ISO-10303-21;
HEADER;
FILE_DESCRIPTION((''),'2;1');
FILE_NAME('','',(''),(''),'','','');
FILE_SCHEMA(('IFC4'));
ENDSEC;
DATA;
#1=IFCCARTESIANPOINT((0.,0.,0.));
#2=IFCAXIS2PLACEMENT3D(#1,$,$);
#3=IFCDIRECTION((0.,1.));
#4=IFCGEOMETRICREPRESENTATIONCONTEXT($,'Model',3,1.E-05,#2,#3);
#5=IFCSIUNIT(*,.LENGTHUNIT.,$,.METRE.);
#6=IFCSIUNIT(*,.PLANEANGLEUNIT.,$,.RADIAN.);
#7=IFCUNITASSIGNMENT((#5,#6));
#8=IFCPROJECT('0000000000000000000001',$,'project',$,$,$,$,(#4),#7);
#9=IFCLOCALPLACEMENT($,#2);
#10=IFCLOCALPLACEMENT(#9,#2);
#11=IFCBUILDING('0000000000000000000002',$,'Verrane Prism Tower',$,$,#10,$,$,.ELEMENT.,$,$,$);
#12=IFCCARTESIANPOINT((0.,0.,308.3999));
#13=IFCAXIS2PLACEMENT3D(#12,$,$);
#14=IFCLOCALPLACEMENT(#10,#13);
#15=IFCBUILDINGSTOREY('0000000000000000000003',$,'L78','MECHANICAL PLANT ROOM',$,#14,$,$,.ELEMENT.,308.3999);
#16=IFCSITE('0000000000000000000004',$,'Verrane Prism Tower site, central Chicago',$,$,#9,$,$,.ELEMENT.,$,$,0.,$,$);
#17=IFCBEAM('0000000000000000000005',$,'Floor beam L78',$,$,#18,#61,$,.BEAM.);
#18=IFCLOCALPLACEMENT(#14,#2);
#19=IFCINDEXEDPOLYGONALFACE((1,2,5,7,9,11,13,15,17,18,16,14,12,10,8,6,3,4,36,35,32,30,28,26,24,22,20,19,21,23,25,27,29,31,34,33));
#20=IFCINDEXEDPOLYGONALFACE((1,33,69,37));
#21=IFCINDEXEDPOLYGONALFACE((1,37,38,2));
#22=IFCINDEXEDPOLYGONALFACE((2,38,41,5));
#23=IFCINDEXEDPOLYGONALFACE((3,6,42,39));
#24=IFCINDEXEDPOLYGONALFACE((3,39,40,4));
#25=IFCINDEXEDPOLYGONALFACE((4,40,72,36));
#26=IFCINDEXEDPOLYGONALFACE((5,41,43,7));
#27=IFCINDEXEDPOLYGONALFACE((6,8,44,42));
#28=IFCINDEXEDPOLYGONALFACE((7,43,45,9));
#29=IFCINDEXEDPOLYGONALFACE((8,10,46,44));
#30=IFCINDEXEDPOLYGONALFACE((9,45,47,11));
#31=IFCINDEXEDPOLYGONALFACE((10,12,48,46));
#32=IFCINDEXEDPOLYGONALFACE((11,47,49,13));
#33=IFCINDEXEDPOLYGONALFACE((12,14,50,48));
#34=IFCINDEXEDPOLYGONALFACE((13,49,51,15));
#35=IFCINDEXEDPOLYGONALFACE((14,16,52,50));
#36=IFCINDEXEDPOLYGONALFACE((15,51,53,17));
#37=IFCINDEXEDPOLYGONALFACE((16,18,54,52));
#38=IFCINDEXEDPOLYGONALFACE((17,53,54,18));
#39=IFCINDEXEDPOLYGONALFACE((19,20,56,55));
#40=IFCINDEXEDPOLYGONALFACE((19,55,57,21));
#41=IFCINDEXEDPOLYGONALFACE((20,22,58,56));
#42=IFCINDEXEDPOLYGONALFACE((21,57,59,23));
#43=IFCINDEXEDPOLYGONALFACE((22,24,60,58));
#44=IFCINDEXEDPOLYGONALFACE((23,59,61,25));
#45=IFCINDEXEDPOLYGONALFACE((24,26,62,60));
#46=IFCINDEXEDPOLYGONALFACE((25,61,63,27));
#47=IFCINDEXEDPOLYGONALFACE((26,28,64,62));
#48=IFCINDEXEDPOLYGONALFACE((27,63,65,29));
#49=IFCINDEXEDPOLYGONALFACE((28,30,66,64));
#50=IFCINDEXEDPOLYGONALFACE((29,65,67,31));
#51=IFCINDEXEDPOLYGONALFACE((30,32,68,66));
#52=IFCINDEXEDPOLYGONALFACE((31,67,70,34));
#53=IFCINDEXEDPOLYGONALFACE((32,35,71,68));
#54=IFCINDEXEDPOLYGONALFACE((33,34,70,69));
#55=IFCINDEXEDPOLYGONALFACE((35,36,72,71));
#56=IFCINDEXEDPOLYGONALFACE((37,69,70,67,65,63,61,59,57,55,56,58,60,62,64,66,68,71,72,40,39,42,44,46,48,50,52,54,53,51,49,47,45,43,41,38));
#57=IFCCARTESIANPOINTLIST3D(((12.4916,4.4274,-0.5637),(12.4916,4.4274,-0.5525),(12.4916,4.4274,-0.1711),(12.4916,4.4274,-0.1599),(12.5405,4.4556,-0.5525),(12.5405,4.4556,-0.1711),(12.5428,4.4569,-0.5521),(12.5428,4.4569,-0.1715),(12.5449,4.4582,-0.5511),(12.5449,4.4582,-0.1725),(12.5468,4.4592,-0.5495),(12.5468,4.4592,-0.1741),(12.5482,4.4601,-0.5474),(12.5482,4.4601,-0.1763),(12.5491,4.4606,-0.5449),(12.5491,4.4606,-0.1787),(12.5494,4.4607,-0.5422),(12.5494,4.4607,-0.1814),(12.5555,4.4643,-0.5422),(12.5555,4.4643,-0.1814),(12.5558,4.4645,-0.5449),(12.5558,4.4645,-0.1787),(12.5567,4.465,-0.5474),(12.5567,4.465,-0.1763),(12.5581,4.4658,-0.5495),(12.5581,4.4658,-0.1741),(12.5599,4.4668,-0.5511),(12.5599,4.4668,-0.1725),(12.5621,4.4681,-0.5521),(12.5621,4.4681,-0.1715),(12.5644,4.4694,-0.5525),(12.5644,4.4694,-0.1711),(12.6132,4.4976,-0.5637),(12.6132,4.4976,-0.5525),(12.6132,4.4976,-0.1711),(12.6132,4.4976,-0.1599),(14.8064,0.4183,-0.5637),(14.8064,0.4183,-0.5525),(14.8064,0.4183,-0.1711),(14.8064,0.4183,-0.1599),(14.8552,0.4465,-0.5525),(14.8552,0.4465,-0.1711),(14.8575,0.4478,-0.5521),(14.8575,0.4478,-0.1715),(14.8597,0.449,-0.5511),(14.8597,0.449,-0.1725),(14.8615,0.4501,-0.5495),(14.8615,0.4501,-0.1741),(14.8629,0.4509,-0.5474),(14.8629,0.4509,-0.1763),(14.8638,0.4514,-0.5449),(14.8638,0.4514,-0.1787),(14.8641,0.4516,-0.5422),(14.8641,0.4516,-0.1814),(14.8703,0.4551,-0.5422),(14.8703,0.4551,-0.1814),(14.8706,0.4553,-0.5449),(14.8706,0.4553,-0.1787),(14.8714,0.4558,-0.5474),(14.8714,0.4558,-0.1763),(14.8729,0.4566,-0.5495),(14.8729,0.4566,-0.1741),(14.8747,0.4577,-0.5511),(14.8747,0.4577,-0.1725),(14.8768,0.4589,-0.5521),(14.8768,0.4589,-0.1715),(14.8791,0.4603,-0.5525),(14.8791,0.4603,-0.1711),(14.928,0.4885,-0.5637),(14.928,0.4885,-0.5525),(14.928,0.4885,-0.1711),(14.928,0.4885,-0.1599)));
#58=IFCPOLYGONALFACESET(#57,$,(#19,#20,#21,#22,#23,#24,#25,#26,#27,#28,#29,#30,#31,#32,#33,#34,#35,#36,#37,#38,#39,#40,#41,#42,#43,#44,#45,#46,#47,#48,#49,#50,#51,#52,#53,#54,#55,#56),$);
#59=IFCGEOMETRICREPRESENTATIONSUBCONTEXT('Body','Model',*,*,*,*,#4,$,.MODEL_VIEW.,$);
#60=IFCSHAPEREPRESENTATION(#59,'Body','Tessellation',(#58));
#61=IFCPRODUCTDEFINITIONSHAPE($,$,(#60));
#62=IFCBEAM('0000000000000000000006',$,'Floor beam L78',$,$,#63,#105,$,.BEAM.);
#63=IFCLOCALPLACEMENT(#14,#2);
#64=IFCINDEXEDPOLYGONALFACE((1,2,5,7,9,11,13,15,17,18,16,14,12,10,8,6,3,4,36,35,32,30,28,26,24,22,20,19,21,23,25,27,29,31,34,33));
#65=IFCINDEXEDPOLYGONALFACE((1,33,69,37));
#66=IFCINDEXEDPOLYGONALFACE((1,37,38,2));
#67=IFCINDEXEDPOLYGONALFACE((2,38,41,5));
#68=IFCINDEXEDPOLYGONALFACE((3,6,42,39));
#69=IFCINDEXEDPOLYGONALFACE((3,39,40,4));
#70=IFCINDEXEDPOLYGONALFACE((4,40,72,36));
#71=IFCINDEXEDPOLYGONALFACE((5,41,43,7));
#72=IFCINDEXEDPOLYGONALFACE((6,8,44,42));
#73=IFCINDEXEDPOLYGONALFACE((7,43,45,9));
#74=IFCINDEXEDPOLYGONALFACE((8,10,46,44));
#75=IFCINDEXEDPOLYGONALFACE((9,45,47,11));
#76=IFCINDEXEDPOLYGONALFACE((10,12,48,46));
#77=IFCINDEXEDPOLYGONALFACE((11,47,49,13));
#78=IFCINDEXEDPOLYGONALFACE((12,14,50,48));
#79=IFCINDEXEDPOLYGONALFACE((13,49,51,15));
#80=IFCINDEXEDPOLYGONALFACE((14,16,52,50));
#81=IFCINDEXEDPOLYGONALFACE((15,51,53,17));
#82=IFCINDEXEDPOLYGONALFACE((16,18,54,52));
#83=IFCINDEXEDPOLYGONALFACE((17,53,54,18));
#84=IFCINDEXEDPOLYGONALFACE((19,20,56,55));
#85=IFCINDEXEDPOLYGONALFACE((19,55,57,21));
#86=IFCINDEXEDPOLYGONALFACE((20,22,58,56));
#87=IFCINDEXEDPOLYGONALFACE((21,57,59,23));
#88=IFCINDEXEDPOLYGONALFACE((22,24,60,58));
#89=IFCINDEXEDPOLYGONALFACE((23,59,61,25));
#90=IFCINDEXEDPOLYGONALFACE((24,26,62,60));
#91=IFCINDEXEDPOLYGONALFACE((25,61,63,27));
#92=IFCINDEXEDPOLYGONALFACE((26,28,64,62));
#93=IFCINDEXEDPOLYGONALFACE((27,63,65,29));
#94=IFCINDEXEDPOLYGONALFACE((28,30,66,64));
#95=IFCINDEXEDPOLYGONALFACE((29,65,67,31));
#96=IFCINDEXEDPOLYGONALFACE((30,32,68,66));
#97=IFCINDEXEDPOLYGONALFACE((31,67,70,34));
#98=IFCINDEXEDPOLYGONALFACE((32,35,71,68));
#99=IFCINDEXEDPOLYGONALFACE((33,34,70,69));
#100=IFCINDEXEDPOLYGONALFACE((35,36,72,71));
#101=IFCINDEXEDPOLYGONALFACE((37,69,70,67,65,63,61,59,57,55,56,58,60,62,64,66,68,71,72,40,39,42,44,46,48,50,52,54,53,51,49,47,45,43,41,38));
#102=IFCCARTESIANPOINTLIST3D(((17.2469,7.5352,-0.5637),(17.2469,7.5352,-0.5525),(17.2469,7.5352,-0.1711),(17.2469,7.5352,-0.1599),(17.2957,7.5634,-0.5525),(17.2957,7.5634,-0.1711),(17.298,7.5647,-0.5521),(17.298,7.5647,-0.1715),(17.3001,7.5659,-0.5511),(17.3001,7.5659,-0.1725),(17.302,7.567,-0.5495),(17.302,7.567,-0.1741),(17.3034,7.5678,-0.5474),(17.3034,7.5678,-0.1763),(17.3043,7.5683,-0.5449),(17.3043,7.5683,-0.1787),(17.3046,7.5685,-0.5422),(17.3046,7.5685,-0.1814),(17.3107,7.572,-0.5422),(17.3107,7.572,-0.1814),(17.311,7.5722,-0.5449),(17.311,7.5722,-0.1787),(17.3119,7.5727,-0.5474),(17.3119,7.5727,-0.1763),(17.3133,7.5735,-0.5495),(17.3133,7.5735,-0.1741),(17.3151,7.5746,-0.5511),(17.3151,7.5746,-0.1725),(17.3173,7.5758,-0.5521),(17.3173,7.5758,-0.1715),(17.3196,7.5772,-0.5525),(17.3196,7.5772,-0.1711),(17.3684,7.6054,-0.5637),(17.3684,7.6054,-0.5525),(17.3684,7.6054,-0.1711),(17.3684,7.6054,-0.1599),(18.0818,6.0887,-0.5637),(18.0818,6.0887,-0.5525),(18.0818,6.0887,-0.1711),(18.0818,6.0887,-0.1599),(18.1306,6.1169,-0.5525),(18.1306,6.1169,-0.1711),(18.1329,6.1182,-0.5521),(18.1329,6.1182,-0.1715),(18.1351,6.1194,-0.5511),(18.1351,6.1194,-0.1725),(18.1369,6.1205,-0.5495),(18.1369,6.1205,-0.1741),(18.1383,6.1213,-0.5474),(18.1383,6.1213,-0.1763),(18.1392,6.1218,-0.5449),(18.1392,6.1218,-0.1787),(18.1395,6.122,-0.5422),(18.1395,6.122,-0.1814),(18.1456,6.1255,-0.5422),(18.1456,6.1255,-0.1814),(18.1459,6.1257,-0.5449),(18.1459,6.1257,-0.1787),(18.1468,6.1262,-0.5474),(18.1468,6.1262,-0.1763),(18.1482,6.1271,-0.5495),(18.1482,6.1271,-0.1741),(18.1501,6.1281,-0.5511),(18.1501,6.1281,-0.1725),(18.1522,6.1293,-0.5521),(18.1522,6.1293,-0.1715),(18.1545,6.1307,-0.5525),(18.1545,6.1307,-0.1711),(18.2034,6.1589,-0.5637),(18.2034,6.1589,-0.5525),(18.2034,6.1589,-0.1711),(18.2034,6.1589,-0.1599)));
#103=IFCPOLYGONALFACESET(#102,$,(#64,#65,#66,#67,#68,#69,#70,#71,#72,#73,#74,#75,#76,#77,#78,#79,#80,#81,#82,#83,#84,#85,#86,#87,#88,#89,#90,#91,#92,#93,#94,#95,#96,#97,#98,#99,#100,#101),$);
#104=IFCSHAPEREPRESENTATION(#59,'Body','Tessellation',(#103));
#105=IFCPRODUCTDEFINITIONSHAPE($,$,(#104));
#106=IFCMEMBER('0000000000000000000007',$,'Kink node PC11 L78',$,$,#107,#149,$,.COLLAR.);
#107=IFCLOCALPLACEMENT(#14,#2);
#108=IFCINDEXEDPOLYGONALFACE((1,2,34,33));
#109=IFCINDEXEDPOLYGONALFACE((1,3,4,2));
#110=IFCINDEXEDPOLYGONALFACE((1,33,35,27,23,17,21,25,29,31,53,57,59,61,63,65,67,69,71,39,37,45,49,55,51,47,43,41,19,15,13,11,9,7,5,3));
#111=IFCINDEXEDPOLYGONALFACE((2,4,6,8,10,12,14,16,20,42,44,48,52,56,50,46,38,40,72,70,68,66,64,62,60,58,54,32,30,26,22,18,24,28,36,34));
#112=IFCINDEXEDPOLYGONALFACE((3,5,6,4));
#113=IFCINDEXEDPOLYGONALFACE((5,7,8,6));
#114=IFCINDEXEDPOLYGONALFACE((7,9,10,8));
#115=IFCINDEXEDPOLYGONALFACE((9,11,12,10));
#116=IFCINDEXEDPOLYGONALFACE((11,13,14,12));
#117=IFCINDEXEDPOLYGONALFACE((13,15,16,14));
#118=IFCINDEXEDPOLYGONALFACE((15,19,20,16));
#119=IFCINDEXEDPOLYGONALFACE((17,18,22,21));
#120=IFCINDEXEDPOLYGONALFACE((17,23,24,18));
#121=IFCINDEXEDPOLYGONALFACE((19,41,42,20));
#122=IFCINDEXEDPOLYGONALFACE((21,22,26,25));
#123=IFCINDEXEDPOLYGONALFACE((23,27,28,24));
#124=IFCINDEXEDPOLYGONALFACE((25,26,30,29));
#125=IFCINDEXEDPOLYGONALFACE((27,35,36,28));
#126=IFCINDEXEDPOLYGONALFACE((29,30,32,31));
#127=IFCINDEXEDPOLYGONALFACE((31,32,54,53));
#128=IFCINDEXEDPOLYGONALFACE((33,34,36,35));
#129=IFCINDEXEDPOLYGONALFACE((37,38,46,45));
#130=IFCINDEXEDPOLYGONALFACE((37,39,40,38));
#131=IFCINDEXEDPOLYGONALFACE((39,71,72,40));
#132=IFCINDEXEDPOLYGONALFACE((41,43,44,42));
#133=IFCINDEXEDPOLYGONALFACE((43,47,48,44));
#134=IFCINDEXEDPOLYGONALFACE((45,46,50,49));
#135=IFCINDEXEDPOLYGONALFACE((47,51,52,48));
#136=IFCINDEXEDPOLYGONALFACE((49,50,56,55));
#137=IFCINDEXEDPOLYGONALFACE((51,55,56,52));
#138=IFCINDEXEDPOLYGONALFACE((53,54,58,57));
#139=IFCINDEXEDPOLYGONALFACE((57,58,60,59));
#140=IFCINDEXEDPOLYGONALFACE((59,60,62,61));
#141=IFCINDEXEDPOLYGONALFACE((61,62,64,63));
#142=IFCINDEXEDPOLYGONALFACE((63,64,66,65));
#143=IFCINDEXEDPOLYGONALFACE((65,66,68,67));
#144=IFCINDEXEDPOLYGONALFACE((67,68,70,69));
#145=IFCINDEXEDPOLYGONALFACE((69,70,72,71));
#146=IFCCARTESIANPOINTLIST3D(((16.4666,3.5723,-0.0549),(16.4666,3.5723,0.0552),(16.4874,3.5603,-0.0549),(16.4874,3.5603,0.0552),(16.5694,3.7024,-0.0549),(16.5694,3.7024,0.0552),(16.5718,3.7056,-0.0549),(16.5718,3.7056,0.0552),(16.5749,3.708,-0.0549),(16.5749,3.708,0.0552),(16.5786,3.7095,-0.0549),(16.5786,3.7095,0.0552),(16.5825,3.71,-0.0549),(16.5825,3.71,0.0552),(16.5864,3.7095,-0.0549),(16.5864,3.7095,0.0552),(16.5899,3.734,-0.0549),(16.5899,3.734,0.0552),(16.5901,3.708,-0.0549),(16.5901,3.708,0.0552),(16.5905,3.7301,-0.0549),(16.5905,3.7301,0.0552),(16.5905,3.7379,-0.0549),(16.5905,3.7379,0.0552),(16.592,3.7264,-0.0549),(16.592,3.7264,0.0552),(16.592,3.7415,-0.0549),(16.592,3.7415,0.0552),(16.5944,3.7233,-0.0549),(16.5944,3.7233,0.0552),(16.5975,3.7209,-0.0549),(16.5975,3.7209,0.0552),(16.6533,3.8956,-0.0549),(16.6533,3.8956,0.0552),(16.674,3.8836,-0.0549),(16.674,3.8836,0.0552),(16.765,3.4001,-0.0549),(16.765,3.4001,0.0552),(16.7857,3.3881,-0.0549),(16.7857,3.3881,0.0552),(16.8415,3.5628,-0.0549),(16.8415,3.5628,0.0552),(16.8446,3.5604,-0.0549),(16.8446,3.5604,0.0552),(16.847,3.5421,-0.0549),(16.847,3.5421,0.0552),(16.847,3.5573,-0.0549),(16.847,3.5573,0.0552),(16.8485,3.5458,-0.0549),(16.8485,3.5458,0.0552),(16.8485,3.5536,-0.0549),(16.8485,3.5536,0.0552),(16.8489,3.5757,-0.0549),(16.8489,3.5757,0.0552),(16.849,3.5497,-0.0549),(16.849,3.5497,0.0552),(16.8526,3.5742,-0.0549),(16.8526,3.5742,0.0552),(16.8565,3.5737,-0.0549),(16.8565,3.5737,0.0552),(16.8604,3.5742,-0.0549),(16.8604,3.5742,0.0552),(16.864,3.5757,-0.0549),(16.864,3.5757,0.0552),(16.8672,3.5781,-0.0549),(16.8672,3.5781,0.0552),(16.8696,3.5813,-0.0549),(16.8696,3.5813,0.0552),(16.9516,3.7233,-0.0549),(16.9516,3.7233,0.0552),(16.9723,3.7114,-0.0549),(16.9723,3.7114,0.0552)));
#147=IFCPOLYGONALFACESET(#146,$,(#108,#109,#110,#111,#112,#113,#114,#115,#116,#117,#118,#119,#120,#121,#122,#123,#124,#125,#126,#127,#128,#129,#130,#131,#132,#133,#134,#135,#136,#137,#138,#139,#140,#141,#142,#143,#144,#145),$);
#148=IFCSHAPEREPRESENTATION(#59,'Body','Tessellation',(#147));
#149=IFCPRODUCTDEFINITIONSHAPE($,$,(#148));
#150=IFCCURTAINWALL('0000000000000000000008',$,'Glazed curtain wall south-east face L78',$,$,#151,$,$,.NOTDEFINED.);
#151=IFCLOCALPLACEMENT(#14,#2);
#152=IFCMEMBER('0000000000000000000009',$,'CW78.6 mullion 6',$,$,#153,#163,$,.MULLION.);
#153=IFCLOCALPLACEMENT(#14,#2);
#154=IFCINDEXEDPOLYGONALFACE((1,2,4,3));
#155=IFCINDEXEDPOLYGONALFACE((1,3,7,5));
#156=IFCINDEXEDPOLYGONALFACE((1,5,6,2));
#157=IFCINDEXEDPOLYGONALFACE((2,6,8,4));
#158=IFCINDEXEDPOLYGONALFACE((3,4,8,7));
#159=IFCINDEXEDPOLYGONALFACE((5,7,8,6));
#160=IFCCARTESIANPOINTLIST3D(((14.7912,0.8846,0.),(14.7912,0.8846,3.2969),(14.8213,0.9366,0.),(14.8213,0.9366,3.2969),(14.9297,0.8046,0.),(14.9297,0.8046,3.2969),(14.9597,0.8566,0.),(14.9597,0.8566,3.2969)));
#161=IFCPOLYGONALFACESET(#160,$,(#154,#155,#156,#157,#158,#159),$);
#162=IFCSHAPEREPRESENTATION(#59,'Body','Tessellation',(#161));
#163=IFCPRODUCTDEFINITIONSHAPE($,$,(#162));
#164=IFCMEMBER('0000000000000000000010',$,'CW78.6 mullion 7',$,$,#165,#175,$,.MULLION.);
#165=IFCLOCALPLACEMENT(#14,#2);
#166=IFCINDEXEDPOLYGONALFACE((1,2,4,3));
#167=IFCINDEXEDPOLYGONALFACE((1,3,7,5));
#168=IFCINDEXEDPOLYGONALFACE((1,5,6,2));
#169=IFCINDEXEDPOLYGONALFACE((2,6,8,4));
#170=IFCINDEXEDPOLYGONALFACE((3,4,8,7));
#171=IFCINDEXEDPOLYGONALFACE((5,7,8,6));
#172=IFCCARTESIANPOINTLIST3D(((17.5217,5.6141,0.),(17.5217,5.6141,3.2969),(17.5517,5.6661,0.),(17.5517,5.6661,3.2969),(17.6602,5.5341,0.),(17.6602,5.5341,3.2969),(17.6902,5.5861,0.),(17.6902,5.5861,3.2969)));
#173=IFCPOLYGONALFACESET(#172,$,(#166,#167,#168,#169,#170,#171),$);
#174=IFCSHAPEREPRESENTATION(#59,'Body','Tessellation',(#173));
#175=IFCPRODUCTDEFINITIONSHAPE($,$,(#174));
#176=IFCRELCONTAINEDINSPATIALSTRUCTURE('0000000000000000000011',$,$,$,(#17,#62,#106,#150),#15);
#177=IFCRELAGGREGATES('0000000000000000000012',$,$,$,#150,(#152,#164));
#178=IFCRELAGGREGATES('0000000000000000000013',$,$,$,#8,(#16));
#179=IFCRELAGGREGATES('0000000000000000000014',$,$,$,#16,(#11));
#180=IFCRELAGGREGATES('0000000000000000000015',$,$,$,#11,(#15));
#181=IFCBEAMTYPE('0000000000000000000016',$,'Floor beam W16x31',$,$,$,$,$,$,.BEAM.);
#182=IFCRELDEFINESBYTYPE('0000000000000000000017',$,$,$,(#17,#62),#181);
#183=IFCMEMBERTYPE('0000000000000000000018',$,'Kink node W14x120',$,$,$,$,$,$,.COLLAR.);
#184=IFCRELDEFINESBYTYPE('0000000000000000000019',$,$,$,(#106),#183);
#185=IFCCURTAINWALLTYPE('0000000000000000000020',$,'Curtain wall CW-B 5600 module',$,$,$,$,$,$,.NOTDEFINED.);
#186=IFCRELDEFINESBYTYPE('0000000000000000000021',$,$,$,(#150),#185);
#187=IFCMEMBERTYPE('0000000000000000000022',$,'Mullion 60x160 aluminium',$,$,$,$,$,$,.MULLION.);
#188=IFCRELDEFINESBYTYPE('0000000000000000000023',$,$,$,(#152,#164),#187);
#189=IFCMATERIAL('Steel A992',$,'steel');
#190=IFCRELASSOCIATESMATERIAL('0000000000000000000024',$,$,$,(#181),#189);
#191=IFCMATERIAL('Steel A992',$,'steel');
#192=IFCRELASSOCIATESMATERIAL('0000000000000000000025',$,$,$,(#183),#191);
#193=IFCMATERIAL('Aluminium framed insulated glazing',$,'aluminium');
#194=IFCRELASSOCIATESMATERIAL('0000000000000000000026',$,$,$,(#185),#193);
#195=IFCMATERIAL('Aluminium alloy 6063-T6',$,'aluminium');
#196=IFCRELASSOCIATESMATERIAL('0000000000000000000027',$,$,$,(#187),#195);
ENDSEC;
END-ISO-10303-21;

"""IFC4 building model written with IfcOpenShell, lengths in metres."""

from ifc_helpers import new_model, si_unit, direction, frame, origin, origin_2d, place, context, subcontext, project, spatial, rectangle, i_section, extrude, material, material_profile, profile_set, type_object, element, aggregate, save


model = new_model("IFC4")

# Units and contexts
model_context = context("Model", 3, precision=1e-05, world=origin(), true_north=direction((0.0, 1.0)))
body_context = subcontext(model_context, "Body", "Model", "MODEL_VIEW")
ifc_project = project(units=[si_unit("LENGTHUNIT", "METRE"), si_unit("PLANEANGLEUNIT", "RADIAN")], contexts=[model_context])

# Site, building, storey
site_placement = place(None, origin())
site = spatial("IfcSite", under=ifc_project, at=site_placement, Name="Verrane Prism Tower site, central Chicago", CompositionType="ELEMENT", RefElevation=0.0)
building_placement = place(site_placement, origin())
building = spatial("IfcBuilding", under=site, at=building_placement, Name="Verrane Prism Tower", CompositionType="ELEMENT")
storey_placement = place(building_placement, frame((0.0, 0.0, 308.3999)))
storey = spatial("IfcBuildingStorey", under=building, at=storey_placement, Name="L78", Description="MECHANICAL PLANT ROOM", CompositionType="ELEMENT", Elevation=308.3999)

# Beams
ifc_material_1 = material(Name="Steel A992", Category="steel")
ifc_material_profile_1 = material_profile(ifc_material_1, i_section(OverallWidth=0.1404, OverallDepth=0.4038, WebThickness=0.0071, FlangeThickness=0.0112, FilletRadius=0.0103, at=origin_2d()), Name="W16x31")
ifc_profile_set_1 = profile_set([ifc_material_profile_1], Name="Steel A992")
beam_type_1 = type_object("IfcBeamType", Name="Floor beam W16x31", PredefinedType="BEAM", material=ifc_profile_set_1)
beam_1_placement = place(storey_placement, frame((14.8672, 0.4534, -0.3618), z_axis=(-0.500013, 0.866018, 0.0), x_axis=(-0.866018, -0.500013, 0.0)))
element("IfcBeam", 1, at=beam_1_placement, inside=storey, type_object=beam_type_1, Name="Floor beam L78", PredefinedType="BEAM", context=body_context, shape_type="SweptSolid", body=[
    extrude(i_section(OverallWidth=0.1404, OverallDepth=0.4038, WebThickness=0.0071, FlangeThickness=0.0112, FilletRadius=0.0103, at=origin_2d()), origin(), (0.0, 0.0, 1.0), 4.6294),
])
beam_2_placement = place(storey_placement, frame((18.1426, 6.1238, -0.3618), z_axis=(-0.499912, 0.866076, 0.0), x_axis=(-0.866076, -0.499912, 0.0)))
element("IfcBeam", 2, at=beam_2_placement, inside=storey, type_object=beam_type_1, Name="Floor beam L78", PredefinedType="BEAM", context=body_context, shape_type="SweptSolid", body=[
    extrude(i_section(OverallWidth=0.1404, OverallDepth=0.4038, WebThickness=0.0071, FlangeThickness=0.0112, FilletRadius=0.0103, at=origin_2d()), origin(), (0.0, 0.0, 1.0), 1.6702),
])

# Member
ifc_material_2 = material(Name="Steel A992", Category="steel")
ifc_material_profile_2 = material_profile(ifc_material_2, i_section(OverallWidth=0.3733, OverallDepth=0.3684, WebThickness=0.0149, FlangeThickness=0.0239, FilletRadius=0.0151, at=origin_2d()), Name="W14x120")
ifc_profile_set_2 = profile_set([ifc_material_profile_2], Name="Steel A992")
member_type_1 = type_object("IfcMemberType", Name="Kink node W14x120", PredefinedType="COLLAR", material=ifc_profile_set_2)
member_1_placement = place(storey_placement, frame((16.7195, 3.6418, -0.0549), z_axis=(0.0, 0.0, 1.0), x_axis=(-0.5, -0.866025, 0.0)))
element("IfcMember", 3, at=member_1_placement, inside=storey, type_object=member_type_1, Name="Kink node PC11 L78", PredefinedType="COLLAR", context=body_context, shape_type="SweptSolid", body=[
    extrude(i_section(OverallWidth=0.3733, OverallDepth=0.3684, WebThickness=0.0149, FlangeThickness=0.0239, FilletRadius=0.0151, at=origin_2d()), origin(), (0.0, 0.0, 1.0), 0.1101),
])

# Curtain wall, members
ifc_material_3 = material(Name="Aluminium framed insulated glazing", Category="aluminium")
curtain_wall_type = type_object("IfcCurtainWallType", Name="Curtain wall CW-B 5600 module", PredefinedType="NOTDEFINED", material=ifc_material_3)
curtain_wall_placement = place(storey_placement, origin())
curtain_wall = element("IfcCurtainWall", 4, at=curtain_wall_placement, inside=storey, type_object=curtain_wall_type, Name="Glazed curtain wall south-east face L78", PredefinedType="NOTDEFINED")
ifc_material_4 = material(Name="Aluminium alloy 6063-T6", Category="aluminium")
ifc_material_profile_3 = material_profile(ifc_material_4, rectangle(XDim=0.1599, YDim=0.0601, at=origin_2d()), Name="Mullion 60x160 aluminium")
ifc_profile_set_3 = profile_set([ifc_material_profile_3], Name="Aluminium alloy 6063-T6")
member_type_2 = type_object("IfcMemberType", Name="Mullion 60x160 aluminium", PredefinedType="MULLION", material=ifc_profile_set_3)
member_2_placement = place(storey_placement, frame((14.8755, 0.8706, 0.0), z_axis=(0.0, 0.0, 1.0), x_axis=(-0.866025, 0.5, 0.0)))
member_2 = element("IfcMember", 5, at=member_2_placement, type_object=member_type_2, Name="CW78.6 mullion 6", PredefinedType="MULLION", context=body_context, shape_type="SweptSolid", body=[
    extrude(rectangle(XDim=0.1599, YDim=0.0601, at=origin_2d()), origin(), (0.0, 0.0, 1.0), 3.2969),
])
member_3_placement = place(storey_placement, frame((17.606, 5.6001, 0.0), z_axis=(0.0, 0.0, 1.0), x_axis=(-0.866025, 0.5, 0.0)))
member_3 = element("IfcMember", 6, at=member_3_placement, type_object=member_type_2, Name="CW78.6 mullion 7", PredefinedType="MULLION", context=body_context, shape_type="SweptSolid", body=[
    extrude(rectangle(XDim=0.1599, YDim=0.0601, at=origin_2d()), origin(), (0.0, 0.0, 1.0), 3.2969),
])

aggregate(curtain_wall, [member_2, member_3])

save(model, "model.ifc")
